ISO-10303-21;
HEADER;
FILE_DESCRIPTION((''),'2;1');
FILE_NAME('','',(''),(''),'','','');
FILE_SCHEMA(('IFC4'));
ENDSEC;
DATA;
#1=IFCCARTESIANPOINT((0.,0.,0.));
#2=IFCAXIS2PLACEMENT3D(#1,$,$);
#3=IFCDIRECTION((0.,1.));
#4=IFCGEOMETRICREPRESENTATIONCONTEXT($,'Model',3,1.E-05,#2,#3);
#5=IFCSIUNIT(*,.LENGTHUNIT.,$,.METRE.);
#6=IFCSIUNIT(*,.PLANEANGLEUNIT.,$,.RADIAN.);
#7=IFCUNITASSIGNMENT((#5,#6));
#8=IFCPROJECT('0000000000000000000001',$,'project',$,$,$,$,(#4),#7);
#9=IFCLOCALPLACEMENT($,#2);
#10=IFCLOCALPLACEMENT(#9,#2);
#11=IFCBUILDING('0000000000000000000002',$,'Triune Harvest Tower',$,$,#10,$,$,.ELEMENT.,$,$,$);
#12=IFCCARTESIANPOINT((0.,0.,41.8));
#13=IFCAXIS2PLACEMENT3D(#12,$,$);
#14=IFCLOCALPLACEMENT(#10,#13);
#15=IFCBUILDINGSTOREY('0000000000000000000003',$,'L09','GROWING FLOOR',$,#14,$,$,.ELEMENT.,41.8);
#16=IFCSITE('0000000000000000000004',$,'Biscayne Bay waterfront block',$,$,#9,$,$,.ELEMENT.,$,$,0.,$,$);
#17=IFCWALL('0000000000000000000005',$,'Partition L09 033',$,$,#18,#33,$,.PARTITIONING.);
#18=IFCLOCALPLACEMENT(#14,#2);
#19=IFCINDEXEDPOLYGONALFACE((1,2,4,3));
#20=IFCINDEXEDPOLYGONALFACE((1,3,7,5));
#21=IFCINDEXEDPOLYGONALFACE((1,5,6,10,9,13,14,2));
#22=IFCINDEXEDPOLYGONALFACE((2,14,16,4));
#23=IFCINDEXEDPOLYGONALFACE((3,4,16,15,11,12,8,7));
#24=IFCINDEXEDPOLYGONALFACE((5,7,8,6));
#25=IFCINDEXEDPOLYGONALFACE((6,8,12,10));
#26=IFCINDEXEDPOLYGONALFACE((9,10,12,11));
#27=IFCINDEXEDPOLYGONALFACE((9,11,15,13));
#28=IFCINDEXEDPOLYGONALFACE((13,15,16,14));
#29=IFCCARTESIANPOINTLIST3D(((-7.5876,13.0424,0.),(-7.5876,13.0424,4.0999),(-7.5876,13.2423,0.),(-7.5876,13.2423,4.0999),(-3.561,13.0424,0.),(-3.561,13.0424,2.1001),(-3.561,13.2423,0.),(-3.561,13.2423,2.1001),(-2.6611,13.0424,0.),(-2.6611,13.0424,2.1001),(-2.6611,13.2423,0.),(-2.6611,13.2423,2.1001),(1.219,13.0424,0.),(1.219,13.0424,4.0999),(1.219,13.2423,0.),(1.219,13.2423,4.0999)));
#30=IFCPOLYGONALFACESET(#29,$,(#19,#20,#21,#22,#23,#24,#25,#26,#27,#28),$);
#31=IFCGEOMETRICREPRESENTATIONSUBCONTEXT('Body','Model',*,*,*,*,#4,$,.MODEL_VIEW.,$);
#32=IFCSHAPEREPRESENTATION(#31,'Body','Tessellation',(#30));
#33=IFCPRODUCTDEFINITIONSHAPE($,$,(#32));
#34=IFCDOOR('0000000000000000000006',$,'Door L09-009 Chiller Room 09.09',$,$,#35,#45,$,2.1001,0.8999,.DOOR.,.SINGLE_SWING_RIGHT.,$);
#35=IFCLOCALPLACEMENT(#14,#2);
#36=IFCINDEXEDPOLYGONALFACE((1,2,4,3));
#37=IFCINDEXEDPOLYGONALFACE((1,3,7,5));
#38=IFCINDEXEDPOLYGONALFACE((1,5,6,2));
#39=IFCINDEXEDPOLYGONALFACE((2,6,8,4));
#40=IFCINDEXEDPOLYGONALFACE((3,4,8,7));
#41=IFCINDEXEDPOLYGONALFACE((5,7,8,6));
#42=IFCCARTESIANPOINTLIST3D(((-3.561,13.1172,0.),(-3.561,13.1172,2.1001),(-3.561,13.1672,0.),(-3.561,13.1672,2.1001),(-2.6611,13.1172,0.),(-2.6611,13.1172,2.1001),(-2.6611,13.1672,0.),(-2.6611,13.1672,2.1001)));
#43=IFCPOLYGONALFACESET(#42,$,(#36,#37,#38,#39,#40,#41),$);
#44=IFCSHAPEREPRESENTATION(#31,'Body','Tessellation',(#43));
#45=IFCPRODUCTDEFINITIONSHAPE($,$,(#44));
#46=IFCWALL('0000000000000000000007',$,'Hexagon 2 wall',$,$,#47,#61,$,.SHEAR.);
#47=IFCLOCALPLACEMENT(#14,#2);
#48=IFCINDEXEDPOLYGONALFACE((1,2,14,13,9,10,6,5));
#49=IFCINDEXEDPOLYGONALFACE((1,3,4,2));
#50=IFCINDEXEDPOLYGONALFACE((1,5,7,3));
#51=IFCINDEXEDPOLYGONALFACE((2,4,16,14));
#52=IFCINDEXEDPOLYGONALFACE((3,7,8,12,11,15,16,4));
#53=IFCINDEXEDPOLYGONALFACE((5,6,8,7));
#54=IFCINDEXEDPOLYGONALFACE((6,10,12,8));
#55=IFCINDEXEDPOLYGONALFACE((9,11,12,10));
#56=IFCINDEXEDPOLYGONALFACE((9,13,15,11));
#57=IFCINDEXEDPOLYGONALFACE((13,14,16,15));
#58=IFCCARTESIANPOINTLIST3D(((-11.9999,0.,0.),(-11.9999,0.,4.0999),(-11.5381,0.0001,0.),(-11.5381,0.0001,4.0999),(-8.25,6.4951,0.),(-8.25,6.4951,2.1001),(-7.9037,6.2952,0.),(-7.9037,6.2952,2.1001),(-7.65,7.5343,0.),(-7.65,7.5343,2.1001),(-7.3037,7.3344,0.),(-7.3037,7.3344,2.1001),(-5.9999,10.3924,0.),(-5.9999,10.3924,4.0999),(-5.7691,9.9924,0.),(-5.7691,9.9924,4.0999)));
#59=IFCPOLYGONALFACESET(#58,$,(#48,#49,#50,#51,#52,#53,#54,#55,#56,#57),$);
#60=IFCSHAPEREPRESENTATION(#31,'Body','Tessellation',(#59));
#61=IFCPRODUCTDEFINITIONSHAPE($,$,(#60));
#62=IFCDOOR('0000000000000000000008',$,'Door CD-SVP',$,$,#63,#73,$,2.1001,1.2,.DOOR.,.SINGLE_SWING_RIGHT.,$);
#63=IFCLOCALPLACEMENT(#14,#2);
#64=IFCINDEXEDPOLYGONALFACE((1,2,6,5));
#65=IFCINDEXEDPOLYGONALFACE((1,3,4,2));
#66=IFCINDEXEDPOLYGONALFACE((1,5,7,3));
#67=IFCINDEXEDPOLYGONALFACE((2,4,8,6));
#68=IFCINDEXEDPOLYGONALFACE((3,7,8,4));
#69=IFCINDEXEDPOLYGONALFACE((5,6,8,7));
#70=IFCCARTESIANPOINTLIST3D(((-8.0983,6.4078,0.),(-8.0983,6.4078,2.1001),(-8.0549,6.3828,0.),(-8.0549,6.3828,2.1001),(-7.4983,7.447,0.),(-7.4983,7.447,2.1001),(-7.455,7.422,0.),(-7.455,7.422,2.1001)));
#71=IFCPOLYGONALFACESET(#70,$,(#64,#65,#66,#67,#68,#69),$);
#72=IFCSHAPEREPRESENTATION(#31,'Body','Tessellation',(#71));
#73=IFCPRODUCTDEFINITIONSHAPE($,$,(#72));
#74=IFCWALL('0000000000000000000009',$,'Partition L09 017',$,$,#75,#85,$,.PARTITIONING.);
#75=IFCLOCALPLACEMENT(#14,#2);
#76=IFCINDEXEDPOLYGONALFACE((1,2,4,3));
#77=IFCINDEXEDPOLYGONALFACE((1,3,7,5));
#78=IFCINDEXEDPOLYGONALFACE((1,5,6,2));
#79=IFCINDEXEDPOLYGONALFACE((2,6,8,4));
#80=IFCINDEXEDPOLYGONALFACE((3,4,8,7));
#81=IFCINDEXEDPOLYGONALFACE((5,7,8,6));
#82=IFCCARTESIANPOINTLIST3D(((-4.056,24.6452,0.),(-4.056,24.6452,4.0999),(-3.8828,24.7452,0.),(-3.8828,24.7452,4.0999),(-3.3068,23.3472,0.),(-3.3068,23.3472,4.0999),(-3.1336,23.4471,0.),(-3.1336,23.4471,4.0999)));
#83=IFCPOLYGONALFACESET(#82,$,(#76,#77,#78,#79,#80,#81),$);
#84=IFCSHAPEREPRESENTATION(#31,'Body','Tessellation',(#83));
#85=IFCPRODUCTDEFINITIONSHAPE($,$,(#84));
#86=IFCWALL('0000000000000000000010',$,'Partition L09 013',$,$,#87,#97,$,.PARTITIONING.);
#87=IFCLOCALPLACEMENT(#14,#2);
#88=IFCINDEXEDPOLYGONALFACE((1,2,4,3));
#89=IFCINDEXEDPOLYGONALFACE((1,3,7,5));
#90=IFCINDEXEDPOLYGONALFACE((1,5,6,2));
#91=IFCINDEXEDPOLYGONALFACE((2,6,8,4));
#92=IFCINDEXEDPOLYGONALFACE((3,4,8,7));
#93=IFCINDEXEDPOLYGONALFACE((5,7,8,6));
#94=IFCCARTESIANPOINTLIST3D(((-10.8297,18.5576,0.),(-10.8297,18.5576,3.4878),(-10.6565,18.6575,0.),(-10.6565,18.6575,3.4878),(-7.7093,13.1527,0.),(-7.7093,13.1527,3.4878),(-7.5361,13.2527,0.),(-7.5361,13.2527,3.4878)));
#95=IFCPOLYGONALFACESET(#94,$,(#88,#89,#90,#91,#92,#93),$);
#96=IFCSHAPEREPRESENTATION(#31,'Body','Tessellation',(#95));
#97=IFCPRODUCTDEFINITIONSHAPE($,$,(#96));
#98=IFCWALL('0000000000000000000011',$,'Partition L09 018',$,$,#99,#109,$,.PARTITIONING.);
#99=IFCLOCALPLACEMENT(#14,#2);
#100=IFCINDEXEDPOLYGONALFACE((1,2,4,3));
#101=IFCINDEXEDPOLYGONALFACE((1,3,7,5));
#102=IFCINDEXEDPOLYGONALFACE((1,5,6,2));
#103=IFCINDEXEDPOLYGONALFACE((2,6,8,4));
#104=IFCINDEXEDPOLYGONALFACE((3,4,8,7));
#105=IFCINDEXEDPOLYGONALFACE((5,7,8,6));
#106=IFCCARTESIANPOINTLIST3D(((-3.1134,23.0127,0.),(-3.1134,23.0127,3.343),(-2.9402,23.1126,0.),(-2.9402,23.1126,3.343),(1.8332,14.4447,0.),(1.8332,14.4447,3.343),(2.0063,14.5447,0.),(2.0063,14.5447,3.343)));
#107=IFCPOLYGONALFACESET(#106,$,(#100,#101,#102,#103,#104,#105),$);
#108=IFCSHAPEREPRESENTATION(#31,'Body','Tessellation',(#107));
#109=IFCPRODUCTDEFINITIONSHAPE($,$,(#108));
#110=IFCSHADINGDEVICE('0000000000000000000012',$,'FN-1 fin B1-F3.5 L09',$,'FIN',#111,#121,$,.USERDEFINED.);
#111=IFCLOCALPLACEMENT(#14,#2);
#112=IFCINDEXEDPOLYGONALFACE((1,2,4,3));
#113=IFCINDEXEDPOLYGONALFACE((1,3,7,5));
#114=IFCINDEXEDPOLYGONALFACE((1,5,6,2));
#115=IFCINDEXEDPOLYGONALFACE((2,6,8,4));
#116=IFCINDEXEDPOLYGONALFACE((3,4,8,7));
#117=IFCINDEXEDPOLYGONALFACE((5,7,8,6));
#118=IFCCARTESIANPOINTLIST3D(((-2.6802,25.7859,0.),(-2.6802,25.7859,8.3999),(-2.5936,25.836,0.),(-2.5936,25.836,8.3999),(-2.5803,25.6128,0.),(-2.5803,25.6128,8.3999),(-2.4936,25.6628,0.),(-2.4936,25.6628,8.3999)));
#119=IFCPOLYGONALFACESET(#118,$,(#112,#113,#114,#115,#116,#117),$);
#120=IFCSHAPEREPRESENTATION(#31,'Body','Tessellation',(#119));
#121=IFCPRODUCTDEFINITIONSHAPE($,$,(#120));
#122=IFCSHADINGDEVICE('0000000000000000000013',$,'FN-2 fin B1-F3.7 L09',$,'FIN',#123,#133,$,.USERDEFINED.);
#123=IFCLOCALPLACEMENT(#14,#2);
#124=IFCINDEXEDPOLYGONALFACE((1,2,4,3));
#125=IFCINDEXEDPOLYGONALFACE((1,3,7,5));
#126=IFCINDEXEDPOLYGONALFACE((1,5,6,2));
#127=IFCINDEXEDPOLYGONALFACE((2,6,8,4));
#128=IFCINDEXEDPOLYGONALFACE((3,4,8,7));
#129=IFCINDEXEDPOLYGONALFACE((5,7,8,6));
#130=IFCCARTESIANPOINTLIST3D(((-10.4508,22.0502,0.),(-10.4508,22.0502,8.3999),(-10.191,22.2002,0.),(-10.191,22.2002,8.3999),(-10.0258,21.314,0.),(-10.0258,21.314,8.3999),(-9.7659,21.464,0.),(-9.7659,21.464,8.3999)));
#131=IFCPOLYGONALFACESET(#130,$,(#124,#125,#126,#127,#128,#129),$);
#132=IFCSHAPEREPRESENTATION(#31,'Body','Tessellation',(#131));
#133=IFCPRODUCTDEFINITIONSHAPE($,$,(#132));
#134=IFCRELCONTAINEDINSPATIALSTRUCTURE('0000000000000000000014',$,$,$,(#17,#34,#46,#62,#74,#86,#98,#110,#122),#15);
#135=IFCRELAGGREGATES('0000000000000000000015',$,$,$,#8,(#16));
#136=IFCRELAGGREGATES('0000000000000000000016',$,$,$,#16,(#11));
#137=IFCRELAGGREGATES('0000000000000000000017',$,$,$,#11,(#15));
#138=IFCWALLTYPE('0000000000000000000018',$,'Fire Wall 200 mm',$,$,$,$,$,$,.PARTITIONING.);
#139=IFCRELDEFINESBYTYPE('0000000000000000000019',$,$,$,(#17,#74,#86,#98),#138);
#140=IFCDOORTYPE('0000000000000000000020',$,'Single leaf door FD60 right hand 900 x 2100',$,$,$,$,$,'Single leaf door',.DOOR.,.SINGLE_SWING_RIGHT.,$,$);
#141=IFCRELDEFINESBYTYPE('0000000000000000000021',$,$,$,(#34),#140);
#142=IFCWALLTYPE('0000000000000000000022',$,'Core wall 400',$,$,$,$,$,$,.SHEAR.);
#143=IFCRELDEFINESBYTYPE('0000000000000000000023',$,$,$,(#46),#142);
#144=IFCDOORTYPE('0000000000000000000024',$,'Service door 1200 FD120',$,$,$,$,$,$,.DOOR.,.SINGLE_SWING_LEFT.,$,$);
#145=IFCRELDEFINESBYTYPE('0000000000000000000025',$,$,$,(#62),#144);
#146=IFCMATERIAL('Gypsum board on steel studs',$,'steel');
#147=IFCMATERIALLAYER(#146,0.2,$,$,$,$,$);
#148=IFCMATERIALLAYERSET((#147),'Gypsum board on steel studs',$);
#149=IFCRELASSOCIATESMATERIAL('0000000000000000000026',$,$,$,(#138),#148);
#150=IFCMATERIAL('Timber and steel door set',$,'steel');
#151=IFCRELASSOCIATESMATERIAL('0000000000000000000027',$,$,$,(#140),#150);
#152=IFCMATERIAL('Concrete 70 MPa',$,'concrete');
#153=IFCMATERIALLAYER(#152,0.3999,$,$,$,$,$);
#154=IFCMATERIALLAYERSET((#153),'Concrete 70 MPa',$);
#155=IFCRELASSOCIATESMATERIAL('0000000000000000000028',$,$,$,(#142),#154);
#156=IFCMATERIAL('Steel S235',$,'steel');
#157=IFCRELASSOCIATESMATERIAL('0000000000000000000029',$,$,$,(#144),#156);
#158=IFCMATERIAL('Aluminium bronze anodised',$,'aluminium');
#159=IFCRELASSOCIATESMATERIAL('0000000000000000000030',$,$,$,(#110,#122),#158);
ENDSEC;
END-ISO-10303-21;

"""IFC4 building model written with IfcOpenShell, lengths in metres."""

from ifc_helpers import new_model, si_unit, direction, frame, frame_2d, origin, origin_2d, place, context, subcontext, project, spatial, polyline, rectangle, outline, extrude, source, transform, mapped, material, layer, layer_set, type_object, element, fill, save


model = new_model("IFC4")

# Units and contexts
model_context = context("Model", 3, precision=1e-05, world=origin(), true_north=direction((0.0, 1.0)))
body_context = subcontext(model_context, "Body", "Model", "MODEL_VIEW")
ifc_project = project(units=[si_unit("LENGTHUNIT", "METRE"), si_unit("PLANEANGLEUNIT", "RADIAN")], contexts=[model_context])

# Site, building, storey
site_placement = place(None, origin())
site = spatial("IfcSite", under=ifc_project, at=site_placement, Name="Biscayne Bay waterfront block", CompositionType="ELEMENT", RefElevation=0.0)
building_placement = place(site_placement, origin())
building = spatial("IfcBuilding", under=site, at=building_placement, Name="Triune Harvest Tower", CompositionType="ELEMENT")
storey_placement = place(building_placement, frame((0.0, 0.0, 41.8)))
storey = spatial("IfcBuildingStorey", under=building, at=storey_placement, Name="L09", Description="GROWING FLOOR", CompositionType="ELEMENT", Elevation=41.8)

# Walls, openings, doors
ifc_material_1 = material(Name="Gypsum board on steel studs", Category="steel")
ifc_layer_1 = layer(ifc_material_1, 0.2)
ifc_layer_set_1 = layer_set([ifc_layer_1], Name="Gypsum board on steel studs")
wall_type_1 = type_object("IfcWallType", Name="Fire Wall 200 mm", PredefinedType="PARTITIONING", material=ifc_layer_set_1)
wall_1_placement = place(storey_placement, frame((-7.5876, 13.1423, 0.0), z_axis=(0.0, 0.0, 1.0), x_axis=(1.0, 0.0, 0.0)))
wall_1 = element("IfcWall", 1, at=wall_1_placement, inside=storey, type_object=wall_type_1, Name="Partition L09 033", PredefinedType="PARTITIONING", context=body_context, shape_type="SweptSolid", body=[
    extrude(rectangle(XDim=8.8066, YDim=0.2, at=frame_2d((4.4033, 0.0))), origin(), (0.0, 0.0, 1.0), 4.0999),
])
opening_1_placement = place(wall_1_placement, frame((4.0266, 0.0, 0.0)))
opening_1 = element("IfcOpeningElement", 2, at=opening_1_placement, cuts=wall_1, PredefinedType="OPENING", context=body_context, shape_type="SweptSolid", body=[
    extrude(rectangle(XDim=0.8999, YDim=2.1001, at=frame_2d((0.45, 1.05))), frame((0.0, 0.1099, 0.0), z_axis=(0.0, -1.0, 0.0), x_axis=(1.0, 0.0, 0.0)), (0.0, 0.0, 1.0), 0.22),
])
ifc_material_2 = material(Name="Timber and steel door set", Category="steel")
door_type_1 = type_object("IfcDoorType", Name="Single leaf door FD60 right hand 900 x 2100", ElementType="Single leaf door", OperationType="SINGLE_SWING_RIGHT", PredefinedType="DOOR", material=ifc_material_2)
door_1_placement = place(opening_1_placement, origin())
door_1 = element("IfcDoor", 3, at=door_1_placement, inside=storey, type_object=door_type_1, Name="Door L09-009 Chiller Room 09.09", OperationType="SINGLE_SWING_RIGHT", OverallHeight=2.1001, OverallWidth=0.8999, PredefinedType="DOOR", context=body_context, shape_type="SweptSolid", body=[
    extrude(rectangle(XDim=0.8999, YDim=2.1001, at=frame_2d((0.45, 1.05))), frame((0.0, 0.0249, 0.0), z_axis=(0.0, -1.0, 0.0), x_axis=(1.0, 0.0, 0.0)), (0.0, 0.0, 1.0), 0.05),
])
fill(opening_1, door_1)
ifc_material_3 = material(Name="Concrete 70 MPa", Category="concrete")
ifc_layer_2 = layer(ifc_material_3, 0.3999)
ifc_layer_set_2 = layer_set([ifc_layer_2], Name="Concrete 70 MPa")
wall_type_2 = type_object("IfcWallType", Name="Core wall 400", PredefinedType="SHEAR", material=ifc_layer_set_2)
shared_shape_1 = source(origin(), body_context, "Body", "SweptSolid", [
    extrude(outline(polyline([(-0.1155, -0.2), (11.8845, -0.2), (11.6536, 0.2), (0.1155, 0.2), (-0.1155, -0.2)])), origin(), (0.0, 0.0, 1.0), 4.0999),
])
wall_2_placement = place(storey_placement, frame((-5.8845, 10.1924, 0.0), z_axis=(0.0, 0.0, 1.0), x_axis=(-0.499997, -0.866027, 0.0)))
wall_2 = element("IfcWall", 4, at=wall_2_placement, inside=storey, type_object=wall_type_2, Name="Hexagon 2 wall", PredefinedType="SHEAR", context=body_context, shape_type="MappedRepresentation", body=[
    mapped(shared_shape_1, transform((0.0, 0.0, 0.0), scale=1.0)),
])
opening_2_placement = place(wall_2_placement, frame((3.1846, 0.0, 0.0)))
opening_2 = element("IfcOpeningElement", 5, at=opening_2_placement, cuts=wall_2, PredefinedType="OPENING", context=body_context, shape_type="SweptSolid", body=[
    extrude(rectangle(XDim=1.2, YDim=2.1001, at=frame_2d((0.6001, 1.05))), frame((0.0, 0.21, 0.0), z_axis=(0.0, -1.0, 0.0), x_axis=(1.0, 0.0, 0.0)), (0.0, 0.0, 1.0), 0.4199),
])
ifc_material_4 = material(Name="Steel S235", Category="steel")
door_type_2 = type_object("IfcDoorType", Name="Service door 1200 FD120", OperationType="SINGLE_SWING_LEFT", PredefinedType="DOOR", material=ifc_material_4)
door_2_placement = place(opening_2_placement, frame((1.2, 0.0, 0.0), z_axis=(0.0, 0.0, 1.0), x_axis=(-1.0, 0.0, 0.0)))
door_2 = element("IfcDoor", 6, at=door_2_placement, inside=storey, type_object=door_type_2, Name="Door CD-SVP", OperationType="SINGLE_SWING_RIGHT", OverallHeight=2.1001, OverallWidth=1.2, PredefinedType="DOOR", context=body_context, shape_type="SweptSolid", body=[
    extrude(rectangle(XDim=1.2, YDim=2.1001, at=frame_2d((0.6001, 1.05))), frame((0.0, 0.0249, 0.0), z_axis=(0.0, -1.0, 0.0), x_axis=(1.0, 0.0, 0.0)), (0.0, 0.0, 1.0), 0.05),
])
fill(opening_2, door_2)

# Walls
shared_shape_2 = source(origin(), body_context, "Body", "SweptSolid", [
    extrude(rectangle(XDim=1.4988, YDim=0.2, at=frame_2d((0.7495, 0.0))), origin(), (0.0, 0.0, 1.0), 4.0999),
])
wall_3_placement = place(storey_placement, frame((-3.9695, 24.6953, 0.0), z_axis=(0.0, 0.0, 1.0), x_axis=(0.499906, -0.86608, 0.0)))
element("IfcWall", 7, at=wall_3_placement, inside=storey, type_object=wall_type_1, Name="Partition L09 017", PredefinedType="PARTITIONING", context=body_context, shape_type="MappedRepresentation", body=[
    mapped(shared_shape_2, transform((0.0, 0.0, 0.0), scale=1.0)),
])
shared_shape_3 = source(origin(), body_context, "Body", "SweptSolid", [
    extrude(rectangle(XDim=6.241, YDim=0.2, at=frame_2d((3.1206, 0.0))), origin(), (0.0, 0.0, 1.0), 3.4878),
])
wall_4_placement = place(storey_placement, frame((-10.7432, 18.6077, 0.0), z_axis=(0.0, 0.0, 1.0), x_axis=(0.499989, -0.866032, 0.0)))
element("IfcWall", 8, at=wall_4_placement, inside=storey, type_object=wall_type_1, Name="Partition L09 013", PredefinedType="PARTITIONING", context=body_context, shape_type="MappedRepresentation", body=[
    mapped(shared_shape_3, transform((0.0, 0.0, 0.0), scale=1.0)),
])
shared_shape_4 = source(origin(), body_context, "Body", "SweptSolid", [
    extrude(rectangle(XDim=9.8933, YDim=0.2, at=frame_2d((4.9468, 0.0))), origin(), (0.0, 0.0, 1.0), 3.343),
])
wall_5_placement = place(storey_placement, frame((-3.0269, 23.0627, 0.0), z_axis=(0.0, 0.0, 1.0), x_axis=(0.49999, -0.866031, 0.0)))
element("IfcWall", 9, at=wall_5_placement, inside=storey, type_object=wall_type_1, Name="Partition L09 018", PredefinedType="PARTITIONING", context=body_context, shape_type="MappedRepresentation", body=[
    mapped(shared_shape_4, transform((0.0, 0.0, 0.0), scale=1.0)),
])

# Shading devices
ifc_material_5 = material(Name="Aluminium bronze anodised", Category="aluminium")
shared_shape_5 = source(origin(), body_context, "Body", "SweptSolid", [
    extrude(rectangle(XDim=0.1001, YDim=0.2, at=origin_2d()), origin(), (0.0, 0.0, 1.0), 8.3999),
])
shading_device_1_placement = place(storey_placement, frame((-2.5869, 25.7244, 0.0), z_axis=(0.0, 0.0, 1.0), x_axis=(-0.866025, -0.5, 0.0)))
element("IfcShadingDevice", 10, at=shading_device_1_placement, inside=storey, material=ifc_material_5, Name="FN-1 fin B1-F3.5 L09", ObjectType="FIN", PredefinedType="USERDEFINED", context=body_context, shape_type="MappedRepresentation", body=[
    mapped(shared_shape_5, transform((0.0, 0.0, 0.0), scale=1.0)),
])
shared_shape_6 = source(origin(), body_context, "Body", "SweptSolid", [
    extrude(rectangle(XDim=0.3, YDim=0.8501, at=origin_2d()), origin(), (0.0, 0.0, 1.0), 8.3999),
])
shading_device_2_placement = place(storey_placement, frame((-10.1084, 21.7571, 0.0), z_axis=(0.0, 0.0, 1.0), x_axis=(-0.866025, -0.5, 0.0)))
element("IfcShadingDevice", 11, at=shading_device_2_placement, inside=storey, material=ifc_material_5, Name="FN-2 fin B1-F3.7 L09", ObjectType="FIN", PredefinedType="USERDEFINED", context=body_context, shape_type="MappedRepresentation", body=[
    mapped(shared_shape_6, transform((0.0, 0.0, 0.0), scale=1.0)),
])

save(model, "model.ifc")
